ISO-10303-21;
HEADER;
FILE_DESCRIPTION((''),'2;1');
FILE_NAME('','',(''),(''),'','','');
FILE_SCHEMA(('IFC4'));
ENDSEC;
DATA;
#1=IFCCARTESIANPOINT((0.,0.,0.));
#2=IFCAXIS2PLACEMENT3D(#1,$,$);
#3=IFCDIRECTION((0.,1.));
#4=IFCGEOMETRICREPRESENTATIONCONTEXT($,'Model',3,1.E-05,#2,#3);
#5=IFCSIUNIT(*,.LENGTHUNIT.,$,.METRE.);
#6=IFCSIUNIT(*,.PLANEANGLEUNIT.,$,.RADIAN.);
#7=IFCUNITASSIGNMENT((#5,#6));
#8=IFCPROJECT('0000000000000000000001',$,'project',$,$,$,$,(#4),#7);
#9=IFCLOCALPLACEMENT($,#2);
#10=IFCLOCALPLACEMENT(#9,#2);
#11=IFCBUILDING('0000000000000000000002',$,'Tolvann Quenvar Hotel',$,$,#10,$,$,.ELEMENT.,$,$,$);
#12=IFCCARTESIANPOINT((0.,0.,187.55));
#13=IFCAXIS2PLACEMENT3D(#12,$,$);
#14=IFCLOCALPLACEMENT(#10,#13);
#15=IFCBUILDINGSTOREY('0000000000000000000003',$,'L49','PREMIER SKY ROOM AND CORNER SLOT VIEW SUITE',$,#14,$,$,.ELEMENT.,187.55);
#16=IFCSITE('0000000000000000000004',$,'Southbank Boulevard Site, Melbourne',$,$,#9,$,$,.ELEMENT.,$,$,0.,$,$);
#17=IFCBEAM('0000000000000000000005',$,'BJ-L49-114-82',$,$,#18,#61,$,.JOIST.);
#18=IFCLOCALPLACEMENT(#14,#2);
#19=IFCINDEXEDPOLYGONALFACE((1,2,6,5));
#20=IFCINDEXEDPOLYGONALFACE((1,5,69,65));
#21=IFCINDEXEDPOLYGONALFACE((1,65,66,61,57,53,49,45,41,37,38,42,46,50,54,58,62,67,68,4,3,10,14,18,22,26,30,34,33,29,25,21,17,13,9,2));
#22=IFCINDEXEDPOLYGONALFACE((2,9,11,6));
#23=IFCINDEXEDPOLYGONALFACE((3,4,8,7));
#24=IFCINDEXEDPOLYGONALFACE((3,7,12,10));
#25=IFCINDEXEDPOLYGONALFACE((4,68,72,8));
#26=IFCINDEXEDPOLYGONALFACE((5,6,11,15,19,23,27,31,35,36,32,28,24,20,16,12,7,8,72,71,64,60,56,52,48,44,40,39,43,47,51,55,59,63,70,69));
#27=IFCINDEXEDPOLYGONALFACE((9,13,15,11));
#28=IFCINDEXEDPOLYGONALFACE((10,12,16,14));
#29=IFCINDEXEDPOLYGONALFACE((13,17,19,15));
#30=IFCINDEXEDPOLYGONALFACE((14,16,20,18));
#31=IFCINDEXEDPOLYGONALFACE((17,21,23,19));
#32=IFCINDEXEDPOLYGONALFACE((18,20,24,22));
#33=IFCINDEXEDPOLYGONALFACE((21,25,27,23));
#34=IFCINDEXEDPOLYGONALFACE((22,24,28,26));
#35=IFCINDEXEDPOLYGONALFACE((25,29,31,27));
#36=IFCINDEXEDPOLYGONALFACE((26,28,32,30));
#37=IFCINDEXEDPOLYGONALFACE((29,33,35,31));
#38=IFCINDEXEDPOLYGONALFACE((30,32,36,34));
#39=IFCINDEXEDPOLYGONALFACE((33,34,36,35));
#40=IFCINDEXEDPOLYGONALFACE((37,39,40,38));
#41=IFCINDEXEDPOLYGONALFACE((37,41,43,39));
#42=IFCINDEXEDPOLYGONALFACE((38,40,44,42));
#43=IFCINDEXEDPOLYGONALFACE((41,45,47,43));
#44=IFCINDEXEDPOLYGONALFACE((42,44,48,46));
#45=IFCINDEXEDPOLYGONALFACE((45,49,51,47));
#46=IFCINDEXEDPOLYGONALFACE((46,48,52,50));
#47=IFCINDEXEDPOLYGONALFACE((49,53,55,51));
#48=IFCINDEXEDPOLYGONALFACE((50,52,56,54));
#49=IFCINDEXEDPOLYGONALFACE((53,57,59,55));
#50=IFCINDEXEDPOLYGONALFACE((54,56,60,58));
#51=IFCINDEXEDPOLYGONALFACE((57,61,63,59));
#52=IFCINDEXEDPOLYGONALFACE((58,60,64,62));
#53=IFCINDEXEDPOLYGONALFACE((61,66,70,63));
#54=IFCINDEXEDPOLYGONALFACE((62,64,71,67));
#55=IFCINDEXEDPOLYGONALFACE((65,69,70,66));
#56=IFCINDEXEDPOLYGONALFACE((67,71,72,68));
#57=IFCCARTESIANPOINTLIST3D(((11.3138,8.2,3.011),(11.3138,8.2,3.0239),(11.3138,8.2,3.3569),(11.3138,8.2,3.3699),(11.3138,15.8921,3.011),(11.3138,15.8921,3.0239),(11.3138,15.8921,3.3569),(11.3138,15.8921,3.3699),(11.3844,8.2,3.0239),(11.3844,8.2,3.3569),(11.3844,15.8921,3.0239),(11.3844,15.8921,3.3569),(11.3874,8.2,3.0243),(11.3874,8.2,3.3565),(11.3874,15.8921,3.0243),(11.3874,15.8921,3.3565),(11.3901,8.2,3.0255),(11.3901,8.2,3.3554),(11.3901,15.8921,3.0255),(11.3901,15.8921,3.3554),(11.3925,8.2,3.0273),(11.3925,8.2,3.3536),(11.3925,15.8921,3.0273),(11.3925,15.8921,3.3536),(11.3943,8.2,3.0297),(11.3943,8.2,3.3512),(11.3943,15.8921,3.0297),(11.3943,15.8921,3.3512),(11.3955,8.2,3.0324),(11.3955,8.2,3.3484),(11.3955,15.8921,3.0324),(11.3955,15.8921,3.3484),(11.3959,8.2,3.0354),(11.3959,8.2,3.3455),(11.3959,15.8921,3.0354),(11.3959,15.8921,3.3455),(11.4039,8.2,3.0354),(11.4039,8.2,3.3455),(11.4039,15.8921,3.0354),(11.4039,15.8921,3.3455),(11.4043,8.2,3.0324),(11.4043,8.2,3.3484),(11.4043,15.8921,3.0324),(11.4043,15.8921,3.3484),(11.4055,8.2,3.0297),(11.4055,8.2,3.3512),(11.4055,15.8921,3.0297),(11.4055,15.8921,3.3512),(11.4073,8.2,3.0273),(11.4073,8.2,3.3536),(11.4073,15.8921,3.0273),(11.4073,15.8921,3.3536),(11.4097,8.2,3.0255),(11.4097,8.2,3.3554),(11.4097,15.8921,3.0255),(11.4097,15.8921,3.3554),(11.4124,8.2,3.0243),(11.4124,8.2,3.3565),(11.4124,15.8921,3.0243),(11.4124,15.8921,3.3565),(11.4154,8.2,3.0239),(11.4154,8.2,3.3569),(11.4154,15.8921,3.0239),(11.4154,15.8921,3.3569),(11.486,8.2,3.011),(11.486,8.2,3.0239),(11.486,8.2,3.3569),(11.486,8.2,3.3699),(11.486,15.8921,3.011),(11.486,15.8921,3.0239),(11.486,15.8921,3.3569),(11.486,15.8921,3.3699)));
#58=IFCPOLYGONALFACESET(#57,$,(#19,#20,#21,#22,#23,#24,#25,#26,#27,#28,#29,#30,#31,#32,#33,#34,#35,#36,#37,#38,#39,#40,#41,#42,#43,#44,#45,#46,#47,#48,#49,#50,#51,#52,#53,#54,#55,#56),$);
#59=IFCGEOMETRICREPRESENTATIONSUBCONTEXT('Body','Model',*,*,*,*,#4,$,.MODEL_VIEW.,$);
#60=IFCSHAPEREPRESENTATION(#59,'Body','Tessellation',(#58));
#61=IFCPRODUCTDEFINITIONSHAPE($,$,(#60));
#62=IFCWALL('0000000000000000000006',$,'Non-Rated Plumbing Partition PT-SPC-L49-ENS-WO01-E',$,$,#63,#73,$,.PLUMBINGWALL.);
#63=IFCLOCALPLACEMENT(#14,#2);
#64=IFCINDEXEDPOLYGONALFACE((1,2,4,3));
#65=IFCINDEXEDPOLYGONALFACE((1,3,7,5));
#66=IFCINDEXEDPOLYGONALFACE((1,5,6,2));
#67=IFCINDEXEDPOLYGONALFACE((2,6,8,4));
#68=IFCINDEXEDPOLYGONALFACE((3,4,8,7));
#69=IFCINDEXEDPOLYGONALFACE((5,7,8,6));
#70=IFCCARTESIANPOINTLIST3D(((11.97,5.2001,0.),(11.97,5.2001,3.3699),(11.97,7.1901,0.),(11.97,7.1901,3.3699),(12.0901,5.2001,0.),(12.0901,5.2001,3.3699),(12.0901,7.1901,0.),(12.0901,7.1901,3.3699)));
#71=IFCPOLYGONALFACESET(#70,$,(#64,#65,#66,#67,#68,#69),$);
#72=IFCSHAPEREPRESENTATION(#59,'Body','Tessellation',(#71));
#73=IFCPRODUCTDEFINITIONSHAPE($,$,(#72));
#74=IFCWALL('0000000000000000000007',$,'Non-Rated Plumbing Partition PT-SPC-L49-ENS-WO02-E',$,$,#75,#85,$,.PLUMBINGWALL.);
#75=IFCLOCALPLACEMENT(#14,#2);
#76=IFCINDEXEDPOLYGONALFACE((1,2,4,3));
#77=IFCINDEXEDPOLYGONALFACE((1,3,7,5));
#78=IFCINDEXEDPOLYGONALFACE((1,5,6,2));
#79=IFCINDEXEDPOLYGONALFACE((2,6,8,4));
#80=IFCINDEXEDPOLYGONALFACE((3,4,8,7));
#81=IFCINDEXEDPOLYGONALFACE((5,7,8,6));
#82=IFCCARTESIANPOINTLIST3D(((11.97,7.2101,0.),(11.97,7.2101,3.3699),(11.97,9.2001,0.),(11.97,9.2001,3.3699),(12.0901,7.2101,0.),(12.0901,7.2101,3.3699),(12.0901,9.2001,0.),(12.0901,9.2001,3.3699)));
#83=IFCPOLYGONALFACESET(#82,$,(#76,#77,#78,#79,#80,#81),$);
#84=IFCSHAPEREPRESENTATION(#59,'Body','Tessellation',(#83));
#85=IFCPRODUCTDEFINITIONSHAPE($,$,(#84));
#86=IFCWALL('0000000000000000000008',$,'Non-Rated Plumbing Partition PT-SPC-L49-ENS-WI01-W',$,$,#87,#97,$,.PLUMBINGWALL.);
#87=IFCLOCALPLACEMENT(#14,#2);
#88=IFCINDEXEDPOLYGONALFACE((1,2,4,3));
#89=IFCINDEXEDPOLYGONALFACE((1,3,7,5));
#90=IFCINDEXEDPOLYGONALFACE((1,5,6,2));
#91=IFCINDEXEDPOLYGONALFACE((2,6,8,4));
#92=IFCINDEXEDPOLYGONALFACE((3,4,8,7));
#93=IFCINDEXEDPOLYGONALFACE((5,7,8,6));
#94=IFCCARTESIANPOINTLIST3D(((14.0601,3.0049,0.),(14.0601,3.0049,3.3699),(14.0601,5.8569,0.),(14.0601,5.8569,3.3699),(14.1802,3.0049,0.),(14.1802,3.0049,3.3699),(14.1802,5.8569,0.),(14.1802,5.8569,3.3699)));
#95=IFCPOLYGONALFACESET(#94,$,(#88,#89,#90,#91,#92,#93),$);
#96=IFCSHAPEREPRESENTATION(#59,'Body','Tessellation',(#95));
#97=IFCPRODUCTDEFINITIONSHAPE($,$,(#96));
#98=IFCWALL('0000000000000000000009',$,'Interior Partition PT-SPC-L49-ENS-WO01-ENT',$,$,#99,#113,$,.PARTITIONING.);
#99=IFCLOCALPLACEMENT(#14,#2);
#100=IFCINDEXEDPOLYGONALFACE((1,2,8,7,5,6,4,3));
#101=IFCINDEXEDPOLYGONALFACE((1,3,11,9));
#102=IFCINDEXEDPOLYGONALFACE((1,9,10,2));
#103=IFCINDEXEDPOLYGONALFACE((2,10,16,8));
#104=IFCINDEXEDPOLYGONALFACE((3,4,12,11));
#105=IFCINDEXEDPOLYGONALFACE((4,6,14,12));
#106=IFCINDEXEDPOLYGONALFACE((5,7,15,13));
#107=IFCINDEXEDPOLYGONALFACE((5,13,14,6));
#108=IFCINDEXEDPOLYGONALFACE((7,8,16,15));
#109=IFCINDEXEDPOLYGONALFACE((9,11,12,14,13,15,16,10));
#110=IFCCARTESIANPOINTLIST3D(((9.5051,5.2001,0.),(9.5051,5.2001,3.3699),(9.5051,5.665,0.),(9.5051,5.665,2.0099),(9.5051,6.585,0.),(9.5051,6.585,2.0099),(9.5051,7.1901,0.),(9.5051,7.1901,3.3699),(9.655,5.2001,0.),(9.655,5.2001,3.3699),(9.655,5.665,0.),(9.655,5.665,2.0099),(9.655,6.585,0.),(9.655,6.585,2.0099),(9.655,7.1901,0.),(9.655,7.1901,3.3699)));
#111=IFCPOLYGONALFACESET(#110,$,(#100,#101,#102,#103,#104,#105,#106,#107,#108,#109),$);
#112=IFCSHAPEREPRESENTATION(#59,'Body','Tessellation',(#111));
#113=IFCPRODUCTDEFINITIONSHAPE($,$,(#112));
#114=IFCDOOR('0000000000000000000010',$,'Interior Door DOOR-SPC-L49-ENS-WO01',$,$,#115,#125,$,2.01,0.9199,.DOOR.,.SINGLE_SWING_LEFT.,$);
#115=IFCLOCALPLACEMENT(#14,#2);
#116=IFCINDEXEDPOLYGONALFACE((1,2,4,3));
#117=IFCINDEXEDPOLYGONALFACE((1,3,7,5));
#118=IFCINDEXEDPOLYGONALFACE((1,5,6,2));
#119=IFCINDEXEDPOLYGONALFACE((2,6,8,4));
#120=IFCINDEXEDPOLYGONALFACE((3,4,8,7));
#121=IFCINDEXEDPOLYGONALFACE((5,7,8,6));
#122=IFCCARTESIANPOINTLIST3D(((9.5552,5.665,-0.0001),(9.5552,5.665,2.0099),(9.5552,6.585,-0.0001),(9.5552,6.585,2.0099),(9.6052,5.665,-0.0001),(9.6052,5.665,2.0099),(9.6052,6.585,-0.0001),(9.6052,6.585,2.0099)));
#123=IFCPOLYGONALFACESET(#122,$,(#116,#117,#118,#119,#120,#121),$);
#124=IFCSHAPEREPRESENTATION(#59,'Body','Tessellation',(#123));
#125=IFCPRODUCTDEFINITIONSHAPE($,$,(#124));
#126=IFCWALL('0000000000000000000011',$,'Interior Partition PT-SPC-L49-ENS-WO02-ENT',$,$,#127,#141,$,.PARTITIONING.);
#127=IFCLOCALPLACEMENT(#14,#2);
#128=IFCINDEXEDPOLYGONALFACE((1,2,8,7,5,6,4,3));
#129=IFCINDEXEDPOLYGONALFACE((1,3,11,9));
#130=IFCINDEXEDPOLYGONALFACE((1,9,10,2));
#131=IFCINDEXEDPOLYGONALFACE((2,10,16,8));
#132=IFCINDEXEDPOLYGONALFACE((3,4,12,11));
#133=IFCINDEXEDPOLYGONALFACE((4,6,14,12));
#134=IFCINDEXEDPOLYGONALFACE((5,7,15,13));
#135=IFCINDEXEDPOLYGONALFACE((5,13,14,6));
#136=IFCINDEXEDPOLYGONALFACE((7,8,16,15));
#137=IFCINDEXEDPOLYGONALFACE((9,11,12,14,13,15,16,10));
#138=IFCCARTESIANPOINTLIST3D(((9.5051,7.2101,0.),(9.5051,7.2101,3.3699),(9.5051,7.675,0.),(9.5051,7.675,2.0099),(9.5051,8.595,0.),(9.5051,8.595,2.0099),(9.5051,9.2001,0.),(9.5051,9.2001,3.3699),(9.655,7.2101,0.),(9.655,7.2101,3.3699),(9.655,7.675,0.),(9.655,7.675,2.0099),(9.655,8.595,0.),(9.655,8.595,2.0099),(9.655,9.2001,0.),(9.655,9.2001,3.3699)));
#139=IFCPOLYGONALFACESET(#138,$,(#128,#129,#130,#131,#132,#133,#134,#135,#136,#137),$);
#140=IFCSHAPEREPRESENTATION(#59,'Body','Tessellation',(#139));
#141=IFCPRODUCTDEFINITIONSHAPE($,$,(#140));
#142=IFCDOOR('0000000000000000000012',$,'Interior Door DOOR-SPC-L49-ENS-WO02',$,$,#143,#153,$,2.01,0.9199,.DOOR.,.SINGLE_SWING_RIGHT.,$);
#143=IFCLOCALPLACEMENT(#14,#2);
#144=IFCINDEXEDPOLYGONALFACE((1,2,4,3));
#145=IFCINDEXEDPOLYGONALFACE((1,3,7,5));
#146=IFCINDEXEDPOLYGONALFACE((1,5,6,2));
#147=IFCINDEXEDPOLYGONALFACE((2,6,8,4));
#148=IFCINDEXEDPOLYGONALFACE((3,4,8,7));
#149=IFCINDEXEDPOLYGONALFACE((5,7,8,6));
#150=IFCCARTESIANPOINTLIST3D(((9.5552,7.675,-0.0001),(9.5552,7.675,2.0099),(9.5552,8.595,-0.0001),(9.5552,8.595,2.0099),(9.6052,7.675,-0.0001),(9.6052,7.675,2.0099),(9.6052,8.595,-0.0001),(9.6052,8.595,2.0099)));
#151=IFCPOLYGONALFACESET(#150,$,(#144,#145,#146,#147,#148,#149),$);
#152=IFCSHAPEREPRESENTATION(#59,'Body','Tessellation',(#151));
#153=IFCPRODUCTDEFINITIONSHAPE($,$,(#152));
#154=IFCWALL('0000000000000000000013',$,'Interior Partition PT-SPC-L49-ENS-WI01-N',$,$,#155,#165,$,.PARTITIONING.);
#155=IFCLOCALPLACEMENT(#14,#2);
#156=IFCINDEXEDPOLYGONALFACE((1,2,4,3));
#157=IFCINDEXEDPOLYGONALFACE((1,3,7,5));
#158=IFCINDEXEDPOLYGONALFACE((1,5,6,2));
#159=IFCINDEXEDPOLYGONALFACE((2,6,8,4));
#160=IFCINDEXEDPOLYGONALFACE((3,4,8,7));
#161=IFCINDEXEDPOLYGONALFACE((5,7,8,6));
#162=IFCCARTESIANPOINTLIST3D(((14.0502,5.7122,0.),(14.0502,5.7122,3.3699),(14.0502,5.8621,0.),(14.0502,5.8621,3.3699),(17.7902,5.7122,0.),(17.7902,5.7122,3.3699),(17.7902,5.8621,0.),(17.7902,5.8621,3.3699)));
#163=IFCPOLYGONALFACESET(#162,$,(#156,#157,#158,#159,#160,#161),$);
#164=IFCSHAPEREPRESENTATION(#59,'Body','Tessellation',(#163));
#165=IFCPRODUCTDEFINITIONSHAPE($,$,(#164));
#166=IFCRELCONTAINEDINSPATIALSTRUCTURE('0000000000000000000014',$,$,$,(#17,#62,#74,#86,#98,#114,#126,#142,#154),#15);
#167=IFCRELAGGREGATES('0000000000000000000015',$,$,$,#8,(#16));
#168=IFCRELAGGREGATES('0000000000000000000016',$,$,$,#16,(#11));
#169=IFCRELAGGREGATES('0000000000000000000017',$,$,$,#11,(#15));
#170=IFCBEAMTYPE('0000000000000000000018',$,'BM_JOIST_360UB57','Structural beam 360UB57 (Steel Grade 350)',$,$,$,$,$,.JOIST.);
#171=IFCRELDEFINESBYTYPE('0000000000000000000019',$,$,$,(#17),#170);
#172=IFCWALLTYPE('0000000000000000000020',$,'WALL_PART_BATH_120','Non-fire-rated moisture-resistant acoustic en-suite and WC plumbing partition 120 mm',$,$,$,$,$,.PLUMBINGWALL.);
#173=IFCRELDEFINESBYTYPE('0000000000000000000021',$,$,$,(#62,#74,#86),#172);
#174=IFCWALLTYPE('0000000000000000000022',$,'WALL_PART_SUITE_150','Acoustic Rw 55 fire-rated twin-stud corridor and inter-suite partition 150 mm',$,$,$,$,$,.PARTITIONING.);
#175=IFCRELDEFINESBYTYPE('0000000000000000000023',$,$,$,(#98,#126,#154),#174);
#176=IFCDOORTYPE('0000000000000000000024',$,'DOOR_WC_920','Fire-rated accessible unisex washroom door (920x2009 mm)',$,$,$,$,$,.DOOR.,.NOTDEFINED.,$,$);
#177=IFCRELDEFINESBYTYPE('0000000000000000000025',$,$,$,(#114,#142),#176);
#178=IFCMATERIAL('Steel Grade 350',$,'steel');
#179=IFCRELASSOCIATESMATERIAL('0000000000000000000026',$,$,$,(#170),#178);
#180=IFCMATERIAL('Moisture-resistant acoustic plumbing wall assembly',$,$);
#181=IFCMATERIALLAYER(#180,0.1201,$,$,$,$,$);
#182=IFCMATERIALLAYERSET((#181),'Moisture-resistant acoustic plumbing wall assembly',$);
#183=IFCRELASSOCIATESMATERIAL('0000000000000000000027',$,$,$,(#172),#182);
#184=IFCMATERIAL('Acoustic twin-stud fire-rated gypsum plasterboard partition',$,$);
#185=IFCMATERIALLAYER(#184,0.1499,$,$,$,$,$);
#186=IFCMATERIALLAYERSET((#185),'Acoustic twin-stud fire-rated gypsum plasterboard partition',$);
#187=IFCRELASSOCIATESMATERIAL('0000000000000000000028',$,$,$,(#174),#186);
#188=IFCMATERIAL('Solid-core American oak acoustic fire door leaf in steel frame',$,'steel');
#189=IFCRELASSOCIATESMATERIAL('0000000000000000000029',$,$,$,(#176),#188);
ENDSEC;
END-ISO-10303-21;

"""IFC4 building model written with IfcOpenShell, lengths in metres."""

from ifc_helpers import new_model, si_unit, direction, frame, frame_2d, origin, origin_2d, place, context, subcontext, project, spatial, rectangle, i_section, extrude, source, transform, mapped, material, layer, layer_set, material_profile, profile_set, type_object, type_shapes, element, fill, save


model = new_model("IFC4")

# Units and contexts
model_context = context("Model", 3, precision=1e-05, world=origin(), true_north=direction((0.0, 1.0)))
body_context = subcontext(model_context, "Body", "Model", "MODEL_VIEW")
ifc_project = project(units=[si_unit("LENGTHUNIT", "METRE"), si_unit("PLANEANGLEUNIT", "RADIAN")], contexts=[model_context])

# Site, building, storey
site_placement = place(None, origin())
site = spatial("IfcSite", under=ifc_project, at=site_placement, Name="Southbank Boulevard Site, Melbourne", CompositionType="ELEMENT", RefElevation=0.0)
building_placement = place(site_placement, origin())
building = spatial("IfcBuilding", under=site, at=building_placement, Name="Tolvann Quenvar Hotel", CompositionType="ELEMENT")
storey_placement = place(building_placement, frame((0.0, 0.0, 187.55)))
storey = spatial("IfcBuildingStorey", under=building, at=storey_placement, Name="L49", Description="PREMIER SKY ROOM AND CORNER SLOT VIEW SUITE", CompositionType="ELEMENT", Elevation=187.55)

# Shared definitions
ifc_material_1 = material(Name="Steel Grade 350", Category="steel")

# Beam
ifc_material_profile_1 = material_profile(ifc_material_1, i_section(OverallWidth=0.1721, OverallDepth=0.3589, WebThickness=0.0081, FlangeThickness=0.0129, FilletRadius=0.0115, at=origin_2d()), Name="360UB57")
ifc_profile_set_1 = profile_set([ifc_material_profile_1], Name="Steel Grade 350")
beam_type_1 = type_object("IfcBeamType", Name="BM_JOIST_360UB57", Description="Structural beam 360UB57 (Steel Grade 350)", PredefinedType="JOIST", material=ifc_profile_set_1)
shared_shape_1 = source(origin(), body_context, "Body", "SweptSolid", [
    extrude(i_section(OverallWidth=0.1721, OverallDepth=0.3589, WebThickness=0.0081, FlangeThickness=0.0129, FilletRadius=0.0115, at=origin_2d()), origin(), (0.0, 0.0, 1.0), 7.6921),
])
type_shapes(beam_type_1, [shared_shape_1])
beam_1_placement = place(storey_placement, frame((11.3999, 8.2, 3.1904), z_axis=(0.0, 1.0, 0.0), x_axis=(-1.0, 0.0, 0.0)))
element("IfcBeam", 1, at=beam_1_placement, inside=storey, type_object=beam_type_1, Name="BJ-L49-114-82", PredefinedType="JOIST", context=body_context, shape_type="MappedRepresentation", body=[
    mapped(shared_shape_1, transform((0.0, 0.0, 0.0), x_axis=(1.0, 0.0, 0.0), y_axis=(0.0, 1.0, 0.0), z_axis=(0.0, 0.0, 1.0), scale=1.0)),
])

# Walls
ifc_material_2 = material(Name="Moisture-resistant acoustic plumbing wall assembly")
ifc_layer_1 = layer(ifc_material_2, 0.1201)
ifc_layer_set_1 = layer_set([ifc_layer_1], Name="Moisture-resistant acoustic plumbing wall assembly")
wall_type_1 = type_object("IfcWallType", Name="WALL_PART_BATH_120", Description="Non-fire-rated moisture-resistant acoustic en-suite and WC plumbing partition 120 mm", PredefinedType="PLUMBINGWALL", material=ifc_layer_set_1)
for number, where, z_axis, x_axis, name in (
    (2, (12.03, 5.2, 0.0), (0.0, 0.0, 1.0), (0.0, 1.0, 0.0), "Non-Rated Plumbing Partition PT-SPC-L49-ENS-WO01-E"),
    (3, (12.03, 7.21, 0.0), (0.0, 0.0, 1.0), (0.0, 1.0, 0.0), "Non-Rated Plumbing Partition PT-SPC-L49-ENS-WO02-E"),
):
    element("IfcWall", number, at=place(storey_placement, frame(where, z_axis=z_axis, x_axis=x_axis)), inside=storey, type_object=wall_type_1, Name=name, PredefinedType="PLUMBINGWALL", context=body_context, shape_type="SweptSolid", body=[
        extrude(rectangle(XDim=1.99, YDim=0.1201, at=frame_2d((0.9951, 0.0))), origin(), (0.0, 0.0, 1.0), 3.3699),
    ])
wall_1_placement = place(storey_placement, frame((14.1201, 3.0049, 0.0), z_axis=(0.0, 0.0, 1.0), x_axis=(0.0, 1.0, 0.0)))
element("IfcWall", 4, at=wall_1_placement, inside=storey, type_object=wall_type_1, Name="Non-Rated Plumbing Partition PT-SPC-L49-ENS-WI01-W", PredefinedType="PLUMBINGWALL", context=body_context, shape_type="SweptSolid", body=[
    extrude(rectangle(XDim=2.8521, YDim=0.1201, at=frame_2d((1.426, 0.0))), origin(), (0.0, 0.0, 1.0), 3.3699),
])

# Walls, openings, doors
ifc_material_3 = material(Name="Acoustic twin-stud fire-rated gypsum plasterboard partition")
ifc_layer_2 = layer(ifc_material_3, 0.1499)
ifc_layer_set_2 = layer_set([ifc_layer_2], Name="Acoustic twin-stud fire-rated gypsum plasterboard partition")
wall_type_2 = type_object("IfcWallType", Name="WALL_PART_SUITE_150", Description="Acoustic Rw 55 fire-rated twin-stud corridor and inter-suite partition 150 mm", PredefinedType="PARTITIONING", material=ifc_layer_set_2)
wall_2_placement = place(storey_placement, frame((9.5801, 5.2, 0.0), z_axis=(0.0, 0.0, 1.0), x_axis=(0.0, 1.0, 0.0)))
wall_2 = element("IfcWall", 5, at=wall_2_placement, inside=storey, type_object=wall_type_2, Name="Interior Partition PT-SPC-L49-ENS-WO01-ENT", PredefinedType="PARTITIONING", context=body_context, shape_type="SweptSolid", body=[
    extrude(rectangle(XDim=1.99, YDim=0.1499, at=frame_2d((0.9951, 0.0))), origin(), (0.0, 0.0, 1.0), 3.3699),
])
opening_1_placement = place(wall_2_placement, frame((0.4651, 0.0, 0.0)))
opening_1 = element("IfcOpeningElement", 6, at=opening_1_placement, cuts=wall_2, PredefinedType="OPENING", context=body_context, shape_type="SweptSolid", body=[
    extrude(rectangle(XDim=0.9199, YDim=2.01, at=frame_2d((0.46, 1.0049))), frame((0.0, 0.085, 0.0), z_axis=(0.0, -1.0, 0.0), x_axis=(1.0, 0.0, 0.0)), (0.0, 0.0, 1.0), 0.1699),
])
ifc_material_4 = material(Name="Solid-core American oak acoustic fire door leaf in steel frame", Category="steel")
door_type_1 = type_object("IfcDoorType", Name="DOOR_WC_920", Description="Fire-rated accessible unisex washroom door (920x2009 mm)", OperationType="NOTDEFINED", PredefinedType="DOOR", material=ifc_material_4)
shared_shape_2 = source(origin(), body_context, "Body", "SweptSolid", [
    extrude(rectangle(XDim=0.9199, YDim=2.01, at=frame_2d((0.46, 1.0049))), frame((0.0, 0.0249, 0.0), z_axis=(0.0, -1.0, 0.0), x_axis=(1.0, 0.0, 0.0)), (0.0, 0.0, 1.0), 0.05),
])
type_shapes(door_type_1, [shared_shape_2])
door_1_placement = place(opening_1_placement, origin())
door_1 = element("IfcDoor", 7, at=door_1_placement, inside=storey, type_object=door_type_1, Name="Interior Door DOOR-SPC-L49-ENS-WO01", OperationType="SINGLE_SWING_LEFT", OverallHeight=2.01, OverallWidth=0.9199, PredefinedType="DOOR", context=body_context, shape_type="MappedRepresentation", body=[
    mapped(shared_shape_2, transform((0.0, 0.0, 0.0), x_axis=(1.0, 0.0, 0.0), y_axis=(0.0, 1.0, 0.0), z_axis=(0.0, 0.0, 1.0), scale=1.0)),
])
fill(opening_1, door_1)
wall_3_placement = place(storey_placement, frame((9.5801, 7.21, 0.0), z_axis=(0.0, 0.0, 1.0), x_axis=(0.0, 1.0, 0.0)))
wall_3 = element("IfcWall", 8, at=wall_3_placement, inside=storey, type_object=wall_type_2, Name="Interior Partition PT-SPC-L49-ENS-WO02-ENT", PredefinedType="PARTITIONING", context=body_context, shape_type="SweptSolid", body=[
    extrude(rectangle(XDim=1.99, YDim=0.1499, at=frame_2d((0.9951, 0.0))), origin(), (0.0, 0.0, 1.0), 3.3699),
])
opening_2_placement = place(wall_3_placement, frame((0.4651, 0.0, 0.0)))
opening_2 = element("IfcOpeningElement", 9, at=opening_2_placement, cuts=wall_3, PredefinedType="OPENING", context=body_context, shape_type="SweptSolid", body=[
    extrude(rectangle(XDim=0.9199, YDim=2.01, at=frame_2d((0.46, 1.0049))), frame((0.0, 0.085, 0.0), z_axis=(0.0, -1.0, 0.0), x_axis=(1.0, 0.0, 0.0)), (0.0, 0.0, 1.0), 0.1699),
])
door_2_placement = place(opening_2_placement, origin())
door_2 = element("IfcDoor", 10, at=door_2_placement, inside=storey, type_object=door_type_1, Name="Interior Door DOOR-SPC-L49-ENS-WO02", OperationType="SINGLE_SWING_RIGHT", OverallHeight=2.01, OverallWidth=0.9199, PredefinedType="DOOR", context=body_context, shape_type="MappedRepresentation", body=[
    mapped(shared_shape_2, transform((0.0, 0.0, 0.0), x_axis=(1.0, 0.0, 0.0), y_axis=(0.0, 1.0, 0.0), z_axis=(0.0, 0.0, 1.0), scale=1.0)),
])
fill(opening_2, door_2)

# Wall
wall_4_placement = place(storey_placement, frame((14.05, 5.7871, 0.0), z_axis=(0.0, 0.0, 1.0), x_axis=(1.0, 0.0, 0.0)))
element("IfcWall", 11, at=wall_4_placement, inside=storey, type_object=wall_type_2, Name="Interior Partition PT-SPC-L49-ENS-WI01-N", PredefinedType="PARTITIONING", context=body_context, shape_type="SweptSolid", body=[
    extrude(rectangle(XDim=3.74, YDim=0.1499, at=frame_2d((1.8701, 0.0))), origin(), (0.0, 0.0, 1.0), 3.3699),
])

save(model, "model.ifc")
